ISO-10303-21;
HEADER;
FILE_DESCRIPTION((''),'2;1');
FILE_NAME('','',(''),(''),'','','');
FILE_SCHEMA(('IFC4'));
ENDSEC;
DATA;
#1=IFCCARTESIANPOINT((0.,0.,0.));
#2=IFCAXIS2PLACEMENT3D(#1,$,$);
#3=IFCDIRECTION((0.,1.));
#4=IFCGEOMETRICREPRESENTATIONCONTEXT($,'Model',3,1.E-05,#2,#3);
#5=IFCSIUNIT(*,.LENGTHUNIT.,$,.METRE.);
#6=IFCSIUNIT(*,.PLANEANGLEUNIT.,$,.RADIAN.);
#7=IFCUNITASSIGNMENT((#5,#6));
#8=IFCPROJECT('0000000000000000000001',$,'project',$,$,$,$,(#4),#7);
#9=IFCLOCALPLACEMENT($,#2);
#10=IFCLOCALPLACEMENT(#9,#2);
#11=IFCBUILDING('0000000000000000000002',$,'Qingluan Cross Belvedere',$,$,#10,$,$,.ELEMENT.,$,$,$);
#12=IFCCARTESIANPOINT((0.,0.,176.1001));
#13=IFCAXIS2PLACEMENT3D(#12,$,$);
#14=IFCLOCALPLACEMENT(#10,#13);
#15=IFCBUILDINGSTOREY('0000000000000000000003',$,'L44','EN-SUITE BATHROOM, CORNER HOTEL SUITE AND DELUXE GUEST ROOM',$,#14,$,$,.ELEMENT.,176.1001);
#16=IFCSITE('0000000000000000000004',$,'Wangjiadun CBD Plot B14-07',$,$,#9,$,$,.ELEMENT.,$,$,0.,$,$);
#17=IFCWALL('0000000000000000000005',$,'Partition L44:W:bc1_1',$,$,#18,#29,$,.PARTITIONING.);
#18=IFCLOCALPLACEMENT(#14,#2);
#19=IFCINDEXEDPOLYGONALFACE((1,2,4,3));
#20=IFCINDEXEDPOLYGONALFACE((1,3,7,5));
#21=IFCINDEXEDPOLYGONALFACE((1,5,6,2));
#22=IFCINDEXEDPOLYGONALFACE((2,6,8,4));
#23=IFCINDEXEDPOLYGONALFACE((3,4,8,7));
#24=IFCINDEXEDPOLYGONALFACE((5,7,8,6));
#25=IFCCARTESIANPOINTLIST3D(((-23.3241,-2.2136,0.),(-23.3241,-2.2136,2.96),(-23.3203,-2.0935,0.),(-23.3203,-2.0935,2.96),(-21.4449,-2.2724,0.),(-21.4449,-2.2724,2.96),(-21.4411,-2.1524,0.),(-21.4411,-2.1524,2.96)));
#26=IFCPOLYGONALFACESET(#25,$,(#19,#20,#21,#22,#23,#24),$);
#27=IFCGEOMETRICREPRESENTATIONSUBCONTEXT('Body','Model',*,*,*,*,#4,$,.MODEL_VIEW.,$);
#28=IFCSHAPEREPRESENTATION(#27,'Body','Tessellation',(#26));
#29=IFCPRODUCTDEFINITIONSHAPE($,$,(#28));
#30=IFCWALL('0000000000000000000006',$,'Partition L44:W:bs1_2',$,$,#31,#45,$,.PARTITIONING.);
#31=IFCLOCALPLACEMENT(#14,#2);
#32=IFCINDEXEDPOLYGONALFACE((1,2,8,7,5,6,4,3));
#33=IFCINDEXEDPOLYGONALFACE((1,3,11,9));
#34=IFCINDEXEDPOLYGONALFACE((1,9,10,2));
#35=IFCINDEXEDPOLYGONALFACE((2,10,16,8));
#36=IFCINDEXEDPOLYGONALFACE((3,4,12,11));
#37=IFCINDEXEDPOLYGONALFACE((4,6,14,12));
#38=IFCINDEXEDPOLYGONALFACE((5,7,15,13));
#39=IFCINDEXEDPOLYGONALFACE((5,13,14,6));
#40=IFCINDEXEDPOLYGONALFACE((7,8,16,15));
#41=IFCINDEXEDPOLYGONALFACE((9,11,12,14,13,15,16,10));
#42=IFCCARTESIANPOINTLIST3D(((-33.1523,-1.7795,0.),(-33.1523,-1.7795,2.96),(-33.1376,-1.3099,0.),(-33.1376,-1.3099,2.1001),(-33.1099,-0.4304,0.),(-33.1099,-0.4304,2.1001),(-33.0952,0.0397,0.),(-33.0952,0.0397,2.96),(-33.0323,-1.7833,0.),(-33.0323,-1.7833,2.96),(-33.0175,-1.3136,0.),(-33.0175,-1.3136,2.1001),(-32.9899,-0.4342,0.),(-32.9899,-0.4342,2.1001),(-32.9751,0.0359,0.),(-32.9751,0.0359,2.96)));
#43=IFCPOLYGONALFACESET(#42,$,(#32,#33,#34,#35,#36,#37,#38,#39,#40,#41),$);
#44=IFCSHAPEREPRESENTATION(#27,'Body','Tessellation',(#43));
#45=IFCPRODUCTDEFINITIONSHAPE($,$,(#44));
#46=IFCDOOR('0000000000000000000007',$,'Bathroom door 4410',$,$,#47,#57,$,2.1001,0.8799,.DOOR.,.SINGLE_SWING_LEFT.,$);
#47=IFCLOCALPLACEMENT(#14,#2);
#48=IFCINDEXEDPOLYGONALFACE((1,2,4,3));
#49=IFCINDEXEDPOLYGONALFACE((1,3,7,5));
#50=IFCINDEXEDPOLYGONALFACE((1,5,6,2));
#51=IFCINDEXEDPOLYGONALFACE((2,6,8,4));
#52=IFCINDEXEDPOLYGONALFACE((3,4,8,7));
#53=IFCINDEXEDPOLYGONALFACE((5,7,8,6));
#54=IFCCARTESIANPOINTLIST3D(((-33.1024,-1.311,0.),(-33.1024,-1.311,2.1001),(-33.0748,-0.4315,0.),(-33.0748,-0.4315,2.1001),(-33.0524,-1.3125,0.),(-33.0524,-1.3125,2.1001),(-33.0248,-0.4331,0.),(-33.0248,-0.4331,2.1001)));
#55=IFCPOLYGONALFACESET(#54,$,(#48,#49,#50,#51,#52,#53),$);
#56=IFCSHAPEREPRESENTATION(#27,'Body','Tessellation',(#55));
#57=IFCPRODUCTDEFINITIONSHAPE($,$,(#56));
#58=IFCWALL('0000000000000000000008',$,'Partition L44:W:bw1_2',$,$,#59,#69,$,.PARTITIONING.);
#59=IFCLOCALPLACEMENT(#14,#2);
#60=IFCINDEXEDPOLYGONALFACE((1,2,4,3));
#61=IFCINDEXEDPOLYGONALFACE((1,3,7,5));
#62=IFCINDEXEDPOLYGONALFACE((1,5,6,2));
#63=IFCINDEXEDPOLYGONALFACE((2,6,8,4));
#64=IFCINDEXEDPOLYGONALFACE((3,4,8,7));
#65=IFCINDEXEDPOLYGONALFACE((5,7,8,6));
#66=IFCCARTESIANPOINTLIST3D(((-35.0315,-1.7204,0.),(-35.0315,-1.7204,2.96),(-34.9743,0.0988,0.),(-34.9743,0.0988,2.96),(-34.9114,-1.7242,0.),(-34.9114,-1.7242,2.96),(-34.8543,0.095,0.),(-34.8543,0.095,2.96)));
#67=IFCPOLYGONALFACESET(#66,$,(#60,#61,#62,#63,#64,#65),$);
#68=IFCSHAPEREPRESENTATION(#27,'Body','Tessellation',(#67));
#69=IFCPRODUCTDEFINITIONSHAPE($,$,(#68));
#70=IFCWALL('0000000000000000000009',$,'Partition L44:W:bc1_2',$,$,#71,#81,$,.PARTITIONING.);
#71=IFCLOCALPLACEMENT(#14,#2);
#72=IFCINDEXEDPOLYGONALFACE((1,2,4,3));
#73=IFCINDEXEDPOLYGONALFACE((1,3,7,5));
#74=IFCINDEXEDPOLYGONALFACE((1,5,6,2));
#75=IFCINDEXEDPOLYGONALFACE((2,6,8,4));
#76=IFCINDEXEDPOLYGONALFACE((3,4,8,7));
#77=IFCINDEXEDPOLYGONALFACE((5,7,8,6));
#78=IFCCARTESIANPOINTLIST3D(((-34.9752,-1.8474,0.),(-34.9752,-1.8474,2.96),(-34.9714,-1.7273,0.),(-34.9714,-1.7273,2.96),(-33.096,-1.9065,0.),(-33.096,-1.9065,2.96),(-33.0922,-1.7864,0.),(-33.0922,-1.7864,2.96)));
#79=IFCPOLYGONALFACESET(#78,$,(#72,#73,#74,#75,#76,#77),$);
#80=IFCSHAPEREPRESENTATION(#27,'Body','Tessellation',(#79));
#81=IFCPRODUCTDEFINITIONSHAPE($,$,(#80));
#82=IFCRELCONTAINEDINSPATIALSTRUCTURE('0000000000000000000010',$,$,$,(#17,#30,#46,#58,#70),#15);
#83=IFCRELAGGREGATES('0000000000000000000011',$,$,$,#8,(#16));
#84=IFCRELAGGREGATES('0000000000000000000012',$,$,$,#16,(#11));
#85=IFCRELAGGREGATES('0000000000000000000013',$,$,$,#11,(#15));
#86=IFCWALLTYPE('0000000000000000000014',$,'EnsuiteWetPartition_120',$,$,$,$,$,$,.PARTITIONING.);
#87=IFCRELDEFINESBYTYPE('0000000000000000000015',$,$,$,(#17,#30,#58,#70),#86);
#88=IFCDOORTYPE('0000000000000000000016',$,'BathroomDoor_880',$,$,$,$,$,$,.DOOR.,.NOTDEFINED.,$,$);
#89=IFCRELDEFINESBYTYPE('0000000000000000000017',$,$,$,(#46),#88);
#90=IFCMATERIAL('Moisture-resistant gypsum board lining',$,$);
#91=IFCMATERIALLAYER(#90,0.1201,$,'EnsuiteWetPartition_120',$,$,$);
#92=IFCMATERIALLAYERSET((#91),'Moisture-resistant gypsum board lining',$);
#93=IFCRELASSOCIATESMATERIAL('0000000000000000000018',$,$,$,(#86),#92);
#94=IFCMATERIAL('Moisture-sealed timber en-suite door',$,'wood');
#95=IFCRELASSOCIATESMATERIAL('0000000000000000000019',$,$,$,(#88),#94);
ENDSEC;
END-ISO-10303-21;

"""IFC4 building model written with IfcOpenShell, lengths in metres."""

from ifc_helpers import new_model, si_unit, direction, frame, frame_2d, origin, place, context, subcontext, project, spatial, rectangle, extrude, material, layer, layer_set, type_object, element, fill, save


model = new_model("IFC4")

# Units and contexts
model_context = context("Model", 3, precision=1e-05, world=origin(), true_north=direction((0.0, 1.0)))
body_context = subcontext(model_context, "Body", "Model", "MODEL_VIEW")
ifc_project = project(units=[si_unit("LENGTHUNIT", "METRE"), si_unit("PLANEANGLEUNIT", "RADIAN")], contexts=[model_context])

# Site, building, storey
site_placement = place(None, origin())
site = spatial("IfcSite", under=ifc_project, at=site_placement, Name="Wangjiadun CBD Plot B14-07", CompositionType="ELEMENT", RefElevation=0.0)
building_placement = place(site_placement, origin())
building = spatial("IfcBuilding", under=site, at=building_placement, Name="Qingluan Cross Belvedere", CompositionType="ELEMENT")
storey_placement = place(building_placement, frame((0.0, 0.0, 176.1001)))
storey = spatial("IfcBuildingStorey", under=building, at=storey_placement, Name="L44", Description="EN-SUITE BATHROOM, CORNER HOTEL SUITE AND DELUXE GUEST ROOM", CompositionType="ELEMENT", Elevation=176.1001)

# Shared definitions
ifc_material_1 = material(Name="Moisture-resistant gypsum board lining")
ifc_layer_1 = layer(ifc_material_1, 0.1201, Name="EnsuiteWetPartition_120")
ifc_layer_set_1 = layer_set([ifc_layer_1], Name="Moisture-resistant gypsum board lining")
wall_type_1 = type_object("IfcWallType", Name="EnsuiteWetPartition_120", PredefinedType="PARTITIONING", material=ifc_layer_set_1)
ifc_material_2 = material(Name="Moisture-sealed timber en-suite door", Category="wood")
door_type = type_object("IfcDoorType", Name="BathroomDoor_880", OperationType="NOTDEFINED", PredefinedType="DOOR", material=ifc_material_2)

# Wall
wall_1_placement = place(storey_placement, frame((-21.4431, -2.2124, 0.0), z_axis=(0.0, 0.0, 1.0), x_axis=(-0.99951, 0.031296, 0.0)))
element("IfcWall", 1, at=wall_1_placement, inside=storey, type_object=wall_type_1, Name="Partition L44:W:bc1_1", PredefinedType="PARTITIONING", context=body_context, shape_type="SweptSolid", body=[
    extrude(rectangle(XDim=1.8801, YDim=0.1201, at=frame_2d((0.9399, 0.0))), origin(), (0.0, 0.0, 1.0), 2.96),
])

# Wall, opening, door
wall_2_placement = place(storey_placement, frame((-33.0923, -1.7815, 0.0), z_axis=(0.0, 0.0, 1.0), x_axis=(0.03139, 0.999507, 0.0)))
wall_2 = element("IfcWall", 2, at=wall_2_placement, inside=storey, type_object=wall_type_1, Name="Partition L44:W:bs1_2", PredefinedType="PARTITIONING", context=body_context, shape_type="SweptSolid", body=[
    extrude(rectangle(XDim=1.8201, YDim=0.1201, at=frame_2d((0.9102, 0.0))), origin(), (0.0, 0.0, 1.0), 2.96),
])
opening_1_placement = place(wall_2_placement, frame((0.47, 0.0, 0.0)))
opening_1 = element("IfcOpeningElement", 3, at=opening_1_placement, cuts=wall_2, PredefinedType="OPENING", context=body_context, shape_type="SweptSolid", body=[
    extrude(rectangle(XDim=0.8799, YDim=2.1001, at=frame_2d((0.4399, 1.05))), frame((0.0, 0.0701, 0.0), z_axis=(0.0, -1.0, 0.0), x_axis=(1.0, 0.0, 0.0)), (0.0, 0.0, 1.0), 0.1401),
])
door_1_placement = place(opening_1_placement, origin())
door_1 = element("IfcDoor", 4, at=door_1_placement, inside=storey, type_object=door_type, Name="Bathroom door 4410", OperationType="SINGLE_SWING_LEFT", OverallHeight=2.1001, OverallWidth=0.8799, PredefinedType="DOOR", context=body_context, shape_type="SweptSolid", body=[
    extrude(rectangle(XDim=0.8799, YDim=2.1001, at=frame_2d((0.4399, 1.05))), frame((0.0, 0.0249, 0.0), z_axis=(0.0, -1.0, 0.0), x_axis=(1.0, 0.0, 0.0)), (0.0, 0.0, 1.0), 0.05),
])
fill(opening_1, door_1)

# Walls
wall_3_placement = place(storey_placement, frame((-34.9714, -1.7224, 0.0), z_axis=(0.0, 0.0, 1.0), x_axis=(0.03139, 0.999507, 0.0)))
element("IfcWall", 5, at=wall_3_placement, inside=storey, type_object=wall_type_1, Name="Partition L44:W:bw1_2", PredefinedType="PARTITIONING", context=body_context, shape_type="SweptSolid", body=[
    extrude(rectangle(XDim=1.8201, YDim=0.1201, at=frame_2d((0.9102, 0.0))), origin(), (0.0, 0.0, 1.0), 2.96),
])
wall_4_placement = place(storey_placement, frame((-33.0942, -1.8464, 0.0), z_axis=(0.0, 0.0, 1.0), x_axis=(-0.999506, 0.031425, 0.0)))
element("IfcWall", 6, at=wall_4_placement, inside=storey, type_object=wall_type_1, Name="Partition L44:W:bc1_2", PredefinedType="PARTITIONING", context=body_context, shape_type="SweptSolid", body=[
    extrude(rectangle(XDim=1.8801, YDim=0.1201, at=frame_2d((0.9399, 0.0))), origin(), (0.0, 0.0, 1.0), 2.96),
])

save(model, "model.ifc")
